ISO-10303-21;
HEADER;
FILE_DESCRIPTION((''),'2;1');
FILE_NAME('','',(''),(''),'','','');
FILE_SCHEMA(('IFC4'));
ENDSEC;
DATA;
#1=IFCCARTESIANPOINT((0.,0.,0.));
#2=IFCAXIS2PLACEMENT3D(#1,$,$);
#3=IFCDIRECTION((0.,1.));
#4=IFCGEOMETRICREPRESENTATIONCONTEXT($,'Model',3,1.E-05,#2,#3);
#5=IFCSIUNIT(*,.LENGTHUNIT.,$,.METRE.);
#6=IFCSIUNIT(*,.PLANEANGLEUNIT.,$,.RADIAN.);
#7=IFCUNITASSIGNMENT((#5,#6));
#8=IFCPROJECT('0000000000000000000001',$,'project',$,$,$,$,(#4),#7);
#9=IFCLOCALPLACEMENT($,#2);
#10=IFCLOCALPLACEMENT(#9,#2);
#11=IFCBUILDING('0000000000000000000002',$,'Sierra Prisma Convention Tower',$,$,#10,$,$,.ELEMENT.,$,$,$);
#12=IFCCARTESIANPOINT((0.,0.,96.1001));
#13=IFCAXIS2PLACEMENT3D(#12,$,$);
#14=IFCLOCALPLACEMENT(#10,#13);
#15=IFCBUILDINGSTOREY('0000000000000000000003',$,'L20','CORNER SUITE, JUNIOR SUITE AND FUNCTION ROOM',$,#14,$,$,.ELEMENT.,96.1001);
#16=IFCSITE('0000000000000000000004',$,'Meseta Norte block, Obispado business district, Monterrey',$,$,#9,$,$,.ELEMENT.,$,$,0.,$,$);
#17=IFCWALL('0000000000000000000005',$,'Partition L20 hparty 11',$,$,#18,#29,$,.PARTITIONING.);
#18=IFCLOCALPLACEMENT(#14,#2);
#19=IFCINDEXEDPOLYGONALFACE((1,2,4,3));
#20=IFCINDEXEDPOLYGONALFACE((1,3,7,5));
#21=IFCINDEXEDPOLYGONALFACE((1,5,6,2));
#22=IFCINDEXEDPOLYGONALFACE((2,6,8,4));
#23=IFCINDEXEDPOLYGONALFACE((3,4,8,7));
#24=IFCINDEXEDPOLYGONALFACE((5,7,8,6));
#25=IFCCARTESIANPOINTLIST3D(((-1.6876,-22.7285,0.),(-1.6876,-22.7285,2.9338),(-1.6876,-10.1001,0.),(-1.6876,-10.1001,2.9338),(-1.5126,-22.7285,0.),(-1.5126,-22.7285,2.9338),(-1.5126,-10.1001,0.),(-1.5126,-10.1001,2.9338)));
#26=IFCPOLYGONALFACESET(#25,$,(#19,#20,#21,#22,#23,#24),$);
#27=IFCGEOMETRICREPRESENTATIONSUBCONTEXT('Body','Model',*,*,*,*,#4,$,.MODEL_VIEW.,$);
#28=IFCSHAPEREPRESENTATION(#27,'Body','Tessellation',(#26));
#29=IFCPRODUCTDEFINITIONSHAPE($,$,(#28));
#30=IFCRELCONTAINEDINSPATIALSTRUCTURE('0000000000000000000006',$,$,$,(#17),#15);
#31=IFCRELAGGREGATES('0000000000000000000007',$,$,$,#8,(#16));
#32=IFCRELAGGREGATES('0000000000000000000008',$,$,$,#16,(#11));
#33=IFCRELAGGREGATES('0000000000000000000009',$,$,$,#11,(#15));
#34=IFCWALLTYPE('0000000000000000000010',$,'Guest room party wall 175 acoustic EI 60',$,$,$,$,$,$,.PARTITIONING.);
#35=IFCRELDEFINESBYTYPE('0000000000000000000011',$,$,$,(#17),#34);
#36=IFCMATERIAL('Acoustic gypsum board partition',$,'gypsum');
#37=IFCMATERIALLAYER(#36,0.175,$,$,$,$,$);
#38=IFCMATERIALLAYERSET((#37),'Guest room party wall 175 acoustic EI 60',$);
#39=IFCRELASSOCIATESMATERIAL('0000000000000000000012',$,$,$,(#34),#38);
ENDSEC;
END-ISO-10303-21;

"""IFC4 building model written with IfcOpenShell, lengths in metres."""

from ifc_helpers import new_model, si_unit, direction, frame, frame_2d, origin, place, context, subcontext, project, spatial, rectangle, extrude, material, layer, layer_set, type_object, element, save


model = new_model("IFC4")

# Units and contexts
model_context = context("Model", 3, precision=1e-05, world=origin(), true_north=direction((0.0, 1.0)))
body_context = subcontext(model_context, "Body", "Model", "MODEL_VIEW")
ifc_project = project(units=[si_unit("LENGTHUNIT", "METRE"), si_unit("PLANEANGLEUNIT", "RADIAN")], contexts=[model_context])

# Site, building, storey
site_placement = place(None, origin())
site = spatial("IfcSite", under=ifc_project, at=site_placement, Name="Meseta Norte block, Obispado business district, Monterrey", CompositionType="ELEMENT", RefElevation=0.0)
building_placement = place(site_placement, origin())
building = spatial("IfcBuilding", under=site, at=building_placement, Name="Sierra Prisma Convention Tower", CompositionType="ELEMENT")
storey_placement = place(building_placement, frame((0.0, 0.0, 96.1001)))
storey = spatial("IfcBuildingStorey", under=building, at=storey_placement, Name="L20", Description="CORNER SUITE, JUNIOR SUITE AND FUNCTION ROOM", CompositionType="ELEMENT", Elevation=96.1001)

# Wall
ifc_material_1 = material(Name="Acoustic gypsum board partition", Category="gypsum")
ifc_layer_1 = layer(ifc_material_1, 0.175)
ifc_layer_set_1 = layer_set([ifc_layer_1], Name="Guest room party wall 175 acoustic EI 60")
wall_type_1 = type_object("IfcWallType", Name="Guest room party wall 175 acoustic EI 60", PredefinedType="PARTITIONING", material=ifc_layer_set_1)
wall_1_placement = place(storey_placement, frame((-1.6001, -10.1001, 0.0), z_axis=(0.0, 0.0, 1.0), x_axis=(0.0, -1.0, 0.0)))
element("IfcWall", 1, at=wall_1_placement, inside=storey, type_object=wall_type_1, Name="Partition L20 hparty 11", PredefinedType="PARTITIONING", context=body_context, shape_type="SweptSolid", body=[
    extrude(rectangle(XDim=12.6284, YDim=0.175, at=frame_2d((6.3142, 0.0))), origin(), (0.0, 0.0, 1.0), 2.9338),
])

save(model, "model.ifc")
